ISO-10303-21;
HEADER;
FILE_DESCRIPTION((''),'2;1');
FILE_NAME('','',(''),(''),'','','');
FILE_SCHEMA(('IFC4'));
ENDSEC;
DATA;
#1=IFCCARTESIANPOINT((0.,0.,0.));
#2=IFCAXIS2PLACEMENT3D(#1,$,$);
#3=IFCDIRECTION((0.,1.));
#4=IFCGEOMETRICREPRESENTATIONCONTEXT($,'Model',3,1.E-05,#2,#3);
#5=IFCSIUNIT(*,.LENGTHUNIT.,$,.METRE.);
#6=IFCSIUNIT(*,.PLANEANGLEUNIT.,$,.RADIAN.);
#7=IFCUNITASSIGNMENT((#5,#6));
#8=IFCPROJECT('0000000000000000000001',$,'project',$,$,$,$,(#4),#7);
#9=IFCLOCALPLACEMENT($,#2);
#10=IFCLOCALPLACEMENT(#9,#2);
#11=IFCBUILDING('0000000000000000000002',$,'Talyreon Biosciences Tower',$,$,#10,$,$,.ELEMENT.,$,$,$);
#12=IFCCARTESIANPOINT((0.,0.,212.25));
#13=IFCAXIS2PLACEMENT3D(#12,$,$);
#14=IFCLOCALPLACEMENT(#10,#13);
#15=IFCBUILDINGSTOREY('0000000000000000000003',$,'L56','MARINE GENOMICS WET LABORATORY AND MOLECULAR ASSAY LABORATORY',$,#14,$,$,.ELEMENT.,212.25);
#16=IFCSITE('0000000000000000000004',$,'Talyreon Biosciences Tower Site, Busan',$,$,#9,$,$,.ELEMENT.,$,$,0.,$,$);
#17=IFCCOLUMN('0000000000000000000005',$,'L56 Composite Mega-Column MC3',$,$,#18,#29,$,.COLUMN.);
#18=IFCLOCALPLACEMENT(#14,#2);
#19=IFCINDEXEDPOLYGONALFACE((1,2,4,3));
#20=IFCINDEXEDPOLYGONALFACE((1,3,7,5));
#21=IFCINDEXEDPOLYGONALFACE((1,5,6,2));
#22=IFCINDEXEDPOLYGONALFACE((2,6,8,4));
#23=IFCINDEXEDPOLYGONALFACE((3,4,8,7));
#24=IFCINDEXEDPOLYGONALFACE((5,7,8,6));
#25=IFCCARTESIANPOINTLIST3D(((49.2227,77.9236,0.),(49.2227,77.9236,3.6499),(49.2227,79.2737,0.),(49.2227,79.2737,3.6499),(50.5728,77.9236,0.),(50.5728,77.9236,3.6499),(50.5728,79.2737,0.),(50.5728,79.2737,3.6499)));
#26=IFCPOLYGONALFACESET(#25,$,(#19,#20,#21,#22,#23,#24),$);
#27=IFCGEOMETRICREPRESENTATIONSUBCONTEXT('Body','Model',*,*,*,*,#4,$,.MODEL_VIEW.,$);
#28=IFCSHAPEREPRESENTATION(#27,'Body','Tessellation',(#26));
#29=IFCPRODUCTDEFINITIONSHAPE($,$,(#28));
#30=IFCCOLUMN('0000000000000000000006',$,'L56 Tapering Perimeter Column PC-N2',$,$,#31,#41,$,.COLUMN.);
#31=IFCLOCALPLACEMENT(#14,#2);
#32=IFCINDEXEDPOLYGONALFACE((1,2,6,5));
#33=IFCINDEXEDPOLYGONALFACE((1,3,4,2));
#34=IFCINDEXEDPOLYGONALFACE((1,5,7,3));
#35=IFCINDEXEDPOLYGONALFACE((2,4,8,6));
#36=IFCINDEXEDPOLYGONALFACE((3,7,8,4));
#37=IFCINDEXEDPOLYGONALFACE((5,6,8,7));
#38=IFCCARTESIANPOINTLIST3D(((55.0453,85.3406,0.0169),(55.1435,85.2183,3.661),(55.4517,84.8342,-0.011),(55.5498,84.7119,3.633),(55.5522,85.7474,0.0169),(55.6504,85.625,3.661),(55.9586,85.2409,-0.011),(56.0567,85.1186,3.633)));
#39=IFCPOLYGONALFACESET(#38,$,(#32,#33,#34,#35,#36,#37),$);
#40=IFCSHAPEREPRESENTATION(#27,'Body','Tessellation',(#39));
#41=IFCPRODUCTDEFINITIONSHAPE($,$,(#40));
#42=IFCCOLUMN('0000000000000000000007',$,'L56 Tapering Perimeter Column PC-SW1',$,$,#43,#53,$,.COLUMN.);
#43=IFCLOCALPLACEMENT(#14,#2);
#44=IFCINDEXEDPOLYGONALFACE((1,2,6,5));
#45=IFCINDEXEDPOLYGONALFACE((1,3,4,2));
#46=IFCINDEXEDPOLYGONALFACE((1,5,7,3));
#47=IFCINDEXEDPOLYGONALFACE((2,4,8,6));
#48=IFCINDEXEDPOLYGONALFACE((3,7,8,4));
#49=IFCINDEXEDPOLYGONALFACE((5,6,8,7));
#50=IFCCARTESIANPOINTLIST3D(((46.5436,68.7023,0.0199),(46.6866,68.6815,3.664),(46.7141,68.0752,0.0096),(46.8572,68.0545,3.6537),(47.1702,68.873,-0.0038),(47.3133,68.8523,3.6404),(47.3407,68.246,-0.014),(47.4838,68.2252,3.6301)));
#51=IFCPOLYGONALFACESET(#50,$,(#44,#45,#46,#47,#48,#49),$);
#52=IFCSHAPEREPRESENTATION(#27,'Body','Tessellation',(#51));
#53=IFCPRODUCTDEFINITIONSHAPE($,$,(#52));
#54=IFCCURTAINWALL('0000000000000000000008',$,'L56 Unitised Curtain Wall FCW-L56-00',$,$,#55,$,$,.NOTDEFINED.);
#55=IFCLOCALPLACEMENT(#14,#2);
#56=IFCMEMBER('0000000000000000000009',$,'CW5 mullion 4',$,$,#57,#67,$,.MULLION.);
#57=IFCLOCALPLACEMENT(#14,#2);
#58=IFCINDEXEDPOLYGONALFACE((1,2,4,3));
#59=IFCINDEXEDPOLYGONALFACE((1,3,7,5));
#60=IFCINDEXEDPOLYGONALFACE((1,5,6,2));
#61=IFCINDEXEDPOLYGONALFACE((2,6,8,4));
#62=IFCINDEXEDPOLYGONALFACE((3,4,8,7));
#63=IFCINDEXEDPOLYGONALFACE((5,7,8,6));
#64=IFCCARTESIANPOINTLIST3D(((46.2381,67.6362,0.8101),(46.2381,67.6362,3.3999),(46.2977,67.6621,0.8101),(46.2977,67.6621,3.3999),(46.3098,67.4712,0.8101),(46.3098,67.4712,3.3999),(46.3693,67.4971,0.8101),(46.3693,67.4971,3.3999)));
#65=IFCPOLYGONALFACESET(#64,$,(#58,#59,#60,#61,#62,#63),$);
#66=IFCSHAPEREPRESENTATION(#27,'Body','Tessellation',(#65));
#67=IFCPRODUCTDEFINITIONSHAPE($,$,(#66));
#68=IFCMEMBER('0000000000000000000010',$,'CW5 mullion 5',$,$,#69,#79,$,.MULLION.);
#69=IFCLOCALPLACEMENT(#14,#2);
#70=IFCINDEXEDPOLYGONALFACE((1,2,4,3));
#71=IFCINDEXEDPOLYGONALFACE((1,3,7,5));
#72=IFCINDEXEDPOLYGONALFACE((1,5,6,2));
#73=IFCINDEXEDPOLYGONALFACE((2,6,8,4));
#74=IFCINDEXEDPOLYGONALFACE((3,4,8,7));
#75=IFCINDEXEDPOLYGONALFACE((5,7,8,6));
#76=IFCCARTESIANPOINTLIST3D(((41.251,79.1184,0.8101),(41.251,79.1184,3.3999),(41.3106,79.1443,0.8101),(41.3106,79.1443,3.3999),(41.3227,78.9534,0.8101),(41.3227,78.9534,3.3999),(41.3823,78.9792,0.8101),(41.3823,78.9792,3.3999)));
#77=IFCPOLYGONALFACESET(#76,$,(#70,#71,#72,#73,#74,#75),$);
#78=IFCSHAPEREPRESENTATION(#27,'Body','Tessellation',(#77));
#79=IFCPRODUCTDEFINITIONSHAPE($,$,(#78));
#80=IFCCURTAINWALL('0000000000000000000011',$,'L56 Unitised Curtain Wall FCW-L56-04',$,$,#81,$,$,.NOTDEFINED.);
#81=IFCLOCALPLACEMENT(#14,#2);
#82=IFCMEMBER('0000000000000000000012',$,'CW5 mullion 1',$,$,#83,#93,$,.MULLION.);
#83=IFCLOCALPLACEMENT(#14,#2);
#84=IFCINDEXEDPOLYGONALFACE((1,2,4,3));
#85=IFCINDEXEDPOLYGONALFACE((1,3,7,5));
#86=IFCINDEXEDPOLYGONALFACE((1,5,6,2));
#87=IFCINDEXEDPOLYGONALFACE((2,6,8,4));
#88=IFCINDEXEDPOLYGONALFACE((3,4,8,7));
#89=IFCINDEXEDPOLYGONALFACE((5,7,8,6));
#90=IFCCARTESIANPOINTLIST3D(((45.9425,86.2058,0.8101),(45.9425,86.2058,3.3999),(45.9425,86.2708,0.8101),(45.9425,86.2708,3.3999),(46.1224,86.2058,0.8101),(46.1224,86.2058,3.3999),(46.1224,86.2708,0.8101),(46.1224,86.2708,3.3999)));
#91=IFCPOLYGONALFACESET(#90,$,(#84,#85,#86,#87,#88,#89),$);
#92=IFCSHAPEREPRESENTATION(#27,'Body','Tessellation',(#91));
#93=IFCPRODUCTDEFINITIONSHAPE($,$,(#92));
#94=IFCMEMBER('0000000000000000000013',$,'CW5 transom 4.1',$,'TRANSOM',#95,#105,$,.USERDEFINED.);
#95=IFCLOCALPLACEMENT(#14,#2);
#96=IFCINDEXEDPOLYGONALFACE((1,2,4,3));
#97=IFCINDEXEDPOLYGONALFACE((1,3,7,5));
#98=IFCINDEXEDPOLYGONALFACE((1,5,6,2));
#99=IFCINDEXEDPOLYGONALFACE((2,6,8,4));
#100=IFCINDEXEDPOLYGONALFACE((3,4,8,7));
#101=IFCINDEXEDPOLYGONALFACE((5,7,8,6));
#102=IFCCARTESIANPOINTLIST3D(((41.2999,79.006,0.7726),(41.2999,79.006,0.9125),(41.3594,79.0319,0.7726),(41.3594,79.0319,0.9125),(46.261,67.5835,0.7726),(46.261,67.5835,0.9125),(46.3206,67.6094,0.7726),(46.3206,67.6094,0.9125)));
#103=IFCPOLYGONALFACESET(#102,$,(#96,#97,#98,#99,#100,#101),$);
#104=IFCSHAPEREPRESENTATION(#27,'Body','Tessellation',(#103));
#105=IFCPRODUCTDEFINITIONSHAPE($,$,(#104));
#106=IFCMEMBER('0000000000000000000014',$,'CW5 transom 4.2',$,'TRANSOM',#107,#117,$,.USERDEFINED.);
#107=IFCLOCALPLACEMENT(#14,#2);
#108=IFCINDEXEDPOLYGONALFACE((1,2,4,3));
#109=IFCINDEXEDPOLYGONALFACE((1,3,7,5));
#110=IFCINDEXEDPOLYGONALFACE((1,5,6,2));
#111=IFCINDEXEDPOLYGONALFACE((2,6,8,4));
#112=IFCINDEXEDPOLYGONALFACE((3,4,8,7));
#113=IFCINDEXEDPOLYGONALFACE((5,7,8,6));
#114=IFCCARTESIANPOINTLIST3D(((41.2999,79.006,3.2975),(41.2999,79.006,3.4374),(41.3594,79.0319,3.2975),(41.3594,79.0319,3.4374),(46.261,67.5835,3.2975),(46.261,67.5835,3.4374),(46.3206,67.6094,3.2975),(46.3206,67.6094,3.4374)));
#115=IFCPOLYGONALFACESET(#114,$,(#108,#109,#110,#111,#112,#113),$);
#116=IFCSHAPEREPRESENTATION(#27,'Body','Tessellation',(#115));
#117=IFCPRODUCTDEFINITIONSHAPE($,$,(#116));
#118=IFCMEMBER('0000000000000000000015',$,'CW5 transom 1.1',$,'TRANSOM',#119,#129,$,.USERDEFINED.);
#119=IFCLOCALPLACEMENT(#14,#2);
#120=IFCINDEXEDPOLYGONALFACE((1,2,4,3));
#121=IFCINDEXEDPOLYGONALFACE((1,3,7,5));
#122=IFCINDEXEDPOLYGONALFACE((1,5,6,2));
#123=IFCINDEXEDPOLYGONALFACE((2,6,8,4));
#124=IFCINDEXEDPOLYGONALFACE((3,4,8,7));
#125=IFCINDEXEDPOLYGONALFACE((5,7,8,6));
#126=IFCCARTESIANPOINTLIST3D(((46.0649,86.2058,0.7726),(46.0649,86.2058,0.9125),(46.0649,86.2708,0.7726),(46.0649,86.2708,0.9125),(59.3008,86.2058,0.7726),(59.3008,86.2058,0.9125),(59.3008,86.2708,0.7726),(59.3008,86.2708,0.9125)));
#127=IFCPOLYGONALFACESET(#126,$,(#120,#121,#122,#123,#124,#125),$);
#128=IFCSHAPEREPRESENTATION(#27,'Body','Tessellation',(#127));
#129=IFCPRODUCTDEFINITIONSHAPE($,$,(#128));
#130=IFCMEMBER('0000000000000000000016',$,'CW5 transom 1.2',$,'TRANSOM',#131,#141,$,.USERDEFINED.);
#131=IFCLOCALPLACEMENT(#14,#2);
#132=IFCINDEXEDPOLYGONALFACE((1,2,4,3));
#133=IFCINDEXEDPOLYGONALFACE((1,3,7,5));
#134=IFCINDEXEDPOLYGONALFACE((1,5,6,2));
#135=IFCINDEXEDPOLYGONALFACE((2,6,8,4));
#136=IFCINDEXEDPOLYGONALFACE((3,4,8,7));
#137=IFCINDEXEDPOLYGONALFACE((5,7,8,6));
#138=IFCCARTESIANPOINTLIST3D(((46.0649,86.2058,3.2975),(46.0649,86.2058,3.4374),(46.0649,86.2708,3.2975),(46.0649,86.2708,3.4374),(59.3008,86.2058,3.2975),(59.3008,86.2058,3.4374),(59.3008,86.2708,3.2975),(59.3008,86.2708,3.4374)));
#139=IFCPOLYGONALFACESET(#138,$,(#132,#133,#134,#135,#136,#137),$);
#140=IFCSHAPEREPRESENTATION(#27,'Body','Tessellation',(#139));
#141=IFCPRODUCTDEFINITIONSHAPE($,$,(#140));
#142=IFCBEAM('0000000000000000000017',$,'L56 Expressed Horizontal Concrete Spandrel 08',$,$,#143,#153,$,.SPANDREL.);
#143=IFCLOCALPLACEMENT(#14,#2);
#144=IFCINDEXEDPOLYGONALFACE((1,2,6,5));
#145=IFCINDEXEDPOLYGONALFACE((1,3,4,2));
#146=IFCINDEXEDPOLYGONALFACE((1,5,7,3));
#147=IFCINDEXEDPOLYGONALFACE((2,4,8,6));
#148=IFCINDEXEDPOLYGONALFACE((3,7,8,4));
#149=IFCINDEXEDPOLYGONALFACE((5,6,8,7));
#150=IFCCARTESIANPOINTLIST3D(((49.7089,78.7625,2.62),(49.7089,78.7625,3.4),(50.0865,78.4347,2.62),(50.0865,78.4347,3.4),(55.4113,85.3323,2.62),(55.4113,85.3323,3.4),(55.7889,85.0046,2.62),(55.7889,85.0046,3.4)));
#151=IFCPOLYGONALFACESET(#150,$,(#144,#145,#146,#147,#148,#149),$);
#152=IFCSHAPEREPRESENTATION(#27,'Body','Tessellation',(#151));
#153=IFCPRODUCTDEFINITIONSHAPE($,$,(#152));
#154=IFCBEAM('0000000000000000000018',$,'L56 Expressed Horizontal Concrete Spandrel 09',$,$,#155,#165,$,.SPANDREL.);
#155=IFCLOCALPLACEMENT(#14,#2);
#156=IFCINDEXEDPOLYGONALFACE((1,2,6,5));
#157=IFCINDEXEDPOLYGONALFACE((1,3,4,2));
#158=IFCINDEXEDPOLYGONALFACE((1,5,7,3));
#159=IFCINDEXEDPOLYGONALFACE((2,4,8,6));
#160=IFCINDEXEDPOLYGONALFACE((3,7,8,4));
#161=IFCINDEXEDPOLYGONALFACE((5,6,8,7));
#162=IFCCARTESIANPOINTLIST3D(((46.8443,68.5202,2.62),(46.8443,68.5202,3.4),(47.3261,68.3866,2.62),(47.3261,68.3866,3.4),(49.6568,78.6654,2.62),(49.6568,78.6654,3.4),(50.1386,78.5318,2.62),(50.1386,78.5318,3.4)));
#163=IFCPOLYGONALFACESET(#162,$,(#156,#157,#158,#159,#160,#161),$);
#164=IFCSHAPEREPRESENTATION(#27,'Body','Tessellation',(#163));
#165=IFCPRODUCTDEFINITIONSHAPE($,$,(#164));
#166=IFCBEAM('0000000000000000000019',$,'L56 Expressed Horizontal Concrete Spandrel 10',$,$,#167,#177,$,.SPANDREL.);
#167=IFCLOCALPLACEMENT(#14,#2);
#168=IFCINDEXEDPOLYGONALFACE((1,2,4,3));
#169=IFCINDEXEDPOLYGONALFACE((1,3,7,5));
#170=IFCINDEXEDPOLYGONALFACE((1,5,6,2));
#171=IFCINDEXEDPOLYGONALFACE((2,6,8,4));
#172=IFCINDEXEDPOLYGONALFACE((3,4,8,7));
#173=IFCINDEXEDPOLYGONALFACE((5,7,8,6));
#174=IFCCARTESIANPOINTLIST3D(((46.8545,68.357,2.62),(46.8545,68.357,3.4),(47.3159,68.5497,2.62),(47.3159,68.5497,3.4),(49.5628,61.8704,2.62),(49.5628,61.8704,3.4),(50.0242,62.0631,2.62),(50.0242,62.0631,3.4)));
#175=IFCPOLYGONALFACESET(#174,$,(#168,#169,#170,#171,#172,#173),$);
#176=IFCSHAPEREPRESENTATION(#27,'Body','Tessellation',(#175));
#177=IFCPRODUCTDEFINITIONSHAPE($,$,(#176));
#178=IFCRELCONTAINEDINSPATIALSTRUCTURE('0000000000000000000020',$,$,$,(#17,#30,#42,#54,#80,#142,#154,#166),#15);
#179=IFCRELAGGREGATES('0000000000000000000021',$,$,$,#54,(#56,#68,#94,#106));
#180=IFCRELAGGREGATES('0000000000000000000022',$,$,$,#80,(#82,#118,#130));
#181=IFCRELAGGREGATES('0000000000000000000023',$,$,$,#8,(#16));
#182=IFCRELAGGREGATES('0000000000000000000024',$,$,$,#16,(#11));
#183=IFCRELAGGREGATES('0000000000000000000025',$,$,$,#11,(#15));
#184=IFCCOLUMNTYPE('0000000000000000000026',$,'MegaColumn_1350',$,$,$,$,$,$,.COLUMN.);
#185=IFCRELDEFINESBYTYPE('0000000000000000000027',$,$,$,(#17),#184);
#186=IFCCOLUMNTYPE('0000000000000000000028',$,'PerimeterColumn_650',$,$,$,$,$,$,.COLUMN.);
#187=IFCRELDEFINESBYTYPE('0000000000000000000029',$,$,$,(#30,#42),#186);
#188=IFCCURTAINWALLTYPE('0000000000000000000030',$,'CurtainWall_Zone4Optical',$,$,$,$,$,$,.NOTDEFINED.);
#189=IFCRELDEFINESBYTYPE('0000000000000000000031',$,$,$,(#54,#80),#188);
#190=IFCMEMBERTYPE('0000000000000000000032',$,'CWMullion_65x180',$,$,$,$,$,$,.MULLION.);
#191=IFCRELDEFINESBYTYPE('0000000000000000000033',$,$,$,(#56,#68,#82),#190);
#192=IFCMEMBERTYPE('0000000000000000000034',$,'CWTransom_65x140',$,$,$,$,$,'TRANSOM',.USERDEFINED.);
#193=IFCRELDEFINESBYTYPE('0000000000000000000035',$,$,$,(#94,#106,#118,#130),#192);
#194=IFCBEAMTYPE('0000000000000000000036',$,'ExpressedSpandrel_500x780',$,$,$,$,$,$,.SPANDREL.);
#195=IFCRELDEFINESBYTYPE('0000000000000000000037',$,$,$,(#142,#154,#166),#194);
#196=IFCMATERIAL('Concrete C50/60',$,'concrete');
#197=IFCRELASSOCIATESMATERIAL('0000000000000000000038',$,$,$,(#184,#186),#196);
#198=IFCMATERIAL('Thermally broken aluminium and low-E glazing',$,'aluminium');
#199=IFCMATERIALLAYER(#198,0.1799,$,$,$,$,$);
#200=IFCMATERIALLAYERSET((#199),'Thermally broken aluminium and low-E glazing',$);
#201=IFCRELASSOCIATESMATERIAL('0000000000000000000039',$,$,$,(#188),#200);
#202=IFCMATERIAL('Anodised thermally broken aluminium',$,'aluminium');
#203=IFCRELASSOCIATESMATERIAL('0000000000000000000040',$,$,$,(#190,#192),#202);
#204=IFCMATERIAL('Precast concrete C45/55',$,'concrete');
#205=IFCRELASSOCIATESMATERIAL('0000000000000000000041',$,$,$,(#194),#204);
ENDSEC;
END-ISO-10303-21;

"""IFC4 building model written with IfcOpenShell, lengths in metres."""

from ifc_helpers import new_model, si_unit, direction, frame, origin, origin_2d, place, context, subcontext, project, spatial, rectangle, extrude, material, layer, layer_set, material_profile, profile_set, type_object, element, aggregate, save


model = new_model("IFC4")

# Units and contexts
model_context = context("Model", 3, precision=1e-05, world=origin(), true_north=direction((0.0, 1.0)))
body_context = subcontext(model_context, "Body", "Model", "MODEL_VIEW")
ifc_project = project(units=[si_unit("LENGTHUNIT", "METRE"), si_unit("PLANEANGLEUNIT", "RADIAN")], contexts=[model_context])

# Site, building, storey
site_placement = place(None, origin())
site = spatial("IfcSite", under=ifc_project, at=site_placement, Name="Talyreon Biosciences Tower Site, Busan", CompositionType="ELEMENT", RefElevation=0.0)
building_placement = place(site_placement, origin())
building = spatial("IfcBuilding", under=site, at=building_placement, Name="Talyreon Biosciences Tower", CompositionType="ELEMENT")
storey_placement = place(building_placement, frame((0.0, 0.0, 212.25)))
storey = spatial("IfcBuildingStorey", under=building, at=storey_placement, Name="L56", Description="MARINE GENOMICS WET LABORATORY AND MOLECULAR ASSAY LABORATORY", CompositionType="ELEMENT", Elevation=212.25)

# Columns
ifc_material_1 = material(Name="Concrete C50/60", Category="concrete")
ifc_material_profile_1 = material_profile(ifc_material_1, rectangle(XDim=1.3501, YDim=1.3501, at=origin_2d()), Name="RC 1350x1350")
ifc_profile_set_1 = profile_set([ifc_material_profile_1], Name="Concrete C50/60")
column_type_1 = type_object("IfcColumnType", Name="MegaColumn_1350", PredefinedType="COLUMN", material=ifc_profile_set_1)
column_1_placement = place(storey_placement, frame((49.8977, 78.5986, 0.0), z_axis=(0.0, 0.0, 1.0), x_axis=(1.0, 0.0, 0.0)))
element("IfcColumn", 1, at=column_1_placement, inside=storey, type_object=column_type_1, Name="L56 Composite Mega-Column MC3", PredefinedType="COLUMN", context=body_context, shape_type="SweptSolid", body=[
    extrude(rectangle(XDim=1.3501, YDim=1.3501, at=origin_2d()), origin(), (0.0, 0.0, 1.0), 3.6499),
])
ifc_material_profile_2 = material_profile(ifc_material_1, rectangle(XDim=0.6499, YDim=0.6499, at=origin_2d()), Name="RC 650x650")
ifc_profile_set_2 = profile_set([ifc_material_profile_2], Name="Concrete C50/60")
column_type_2 = type_object("IfcColumnType", Name="PerimeterColumn_650", PredefinedType="COLUMN", material=ifc_profile_set_2)
column_2_placement = place(storey_placement, frame((55.502, 85.2908, 0.0029), z_axis=(0.026908, -0.033535, 0.999075), x_axis=(-0.779957, -0.625834, 0.0)))
element("IfcColumn", 2, at=column_2_placement, inside=storey, type_object=column_type_2, Name="L56 Tapering Perimeter Column PC-N2", PredefinedType="COLUMN", context=body_context, shape_type="SweptSolid", body=[
    extrude(rectangle(XDim=0.6499, YDim=0.6499, at=origin_2d()), origin(), (0.0, 0.0, 1.0), 3.6475),
])
column_3_placement = place(storey_placement, frame((46.9421, 68.4741, 0.0029), z_axis=(0.039229, -0.00569, 0.999214), x_axis=(0.964171, 0.262777, -0.036357)))
element("IfcColumn", 3, at=column_3_placement, inside=storey, type_object=column_type_2, Name="L56 Tapering Perimeter Column PC-SW1", PredefinedType="COLUMN", context=body_context, shape_type="SweptSolid", body=[
    extrude(rectangle(XDim=0.6499, YDim=0.6499, at=origin_2d()), origin(), (0.0, 0.0, 1.0), 3.647),
])

# Curtain wall, members
ifc_material_2 = material(Name="Thermally broken aluminium and low-E glazing", Category="aluminium")
ifc_layer_1 = layer(ifc_material_2, 0.1799)
ifc_layer_set_1 = layer_set([ifc_layer_1], Name="Thermally broken aluminium and low-E glazing")
curtain_wall_type = type_object("IfcCurtainWallType", Name="CurtainWall_Zone4Optical", PredefinedType="NOTDEFINED", material=ifc_layer_set_1)
curtain_wall_1_placement = place(storey_placement, origin())
curtain_wall_1 = element("IfcCurtainWall", 4, at=curtain_wall_1_placement, inside=storey, type_object=curtain_wall_type, Name="L56 Unitised Curtain Wall FCW-L56-00", PredefinedType="NOTDEFINED")
ifc_material_3 = material(Name="Anodised thermally broken aluminium", Category="aluminium")
ifc_material_profile_3 = material_profile(ifc_material_3, rectangle(XDim=0.0649, YDim=0.1799, at=origin_2d()), Name="ALUM MULLION 65x180")
ifc_profile_set_3 = profile_set([ifc_material_profile_3], Name="Anodised thermally broken aluminium")
member_type_1 = type_object("IfcMemberType", Name="CWMullion_65x180", PredefinedType="MULLION", material=ifc_profile_set_3)
member_1_placement = place(storey_placement, frame((46.3037, 67.5667, 0.8101), z_axis=(0.0, 0.0, 1.0), x_axis=(-0.917222, -0.398376, 0.0)))
member_1 = element("IfcMember", 5, at=member_1_placement, type_object=member_type_1, Name="CW5 mullion 4", PredefinedType="MULLION", context=body_context, shape_type="SweptSolid", body=[
    extrude(rectangle(XDim=0.0649, YDim=0.1799, at=origin_2d()), origin(), (0.0, 0.0, 1.0), 2.5898),
])
member_2_placement = place(storey_placement, frame((41.3167, 79.0488, 0.8101), z_axis=(0.0, 0.0, 1.0), x_axis=(-0.917222, -0.398376, 0.0)))
member_2 = element("IfcMember", 6, at=member_2_placement, type_object=member_type_1, Name="CW5 mullion 5", PredefinedType="MULLION", context=body_context, shape_type="SweptSolid", body=[
    extrude(rectangle(XDim=0.0649, YDim=0.1799, at=origin_2d()), origin(), (0.0, 0.0, 1.0), 2.5898),
])

# Curtain wall, member
curtain_wall_2_placement = place(storey_placement, origin())
curtain_wall_2 = element("IfcCurtainWall", 7, at=curtain_wall_2_placement, inside=storey, type_object=curtain_wall_type, Name="L56 Unitised Curtain Wall FCW-L56-04", PredefinedType="NOTDEFINED")
member_3_placement = place(storey_placement, frame((46.0325, 86.2383, 0.8101), z_axis=(0.0, 0.0, 1.0), x_axis=(0.0, 1.0, 0.0)))
member_3 = element("IfcMember", 8, at=member_3_placement, type_object=member_type_1, Name="CW5 mullion 1", PredefinedType="MULLION", context=body_context, shape_type="SweptSolid", body=[
    extrude(rectangle(XDim=0.0649, YDim=0.1799, at=origin_2d()), origin(), (0.0, 0.0, 1.0), 2.5898),
])

# Members
ifc_material_profile_4 = material_profile(ifc_material_3, rectangle(XDim=0.0649, YDim=0.1399, at=origin_2d()), Name="ALUM TRANSOM 65x140")
ifc_profile_set_4 = profile_set([ifc_material_profile_4], Name="Anodised thermally broken aluminium")
member_type_2 = type_object("IfcMemberType", Name="CWTransom_65x140", ElementType="TRANSOM", PredefinedType="USERDEFINED", material=ifc_profile_set_4)
member_4_placement = place(storey_placement, frame((46.2908, 67.5964, 0.8425), z_axis=(-0.398377, 0.917222, 0.0), x_axis=(-0.917222, -0.398377, 0.0)))
member_4 = element("IfcMember", 9, at=member_4_placement, type_object=member_type_2, Name="CW5 transom 4.1", ObjectType="TRANSOM", PredefinedType="USERDEFINED", context=body_context, shape_type="SweptSolid", body=[
    extrude(rectangle(XDim=0.0649, YDim=0.1399, at=origin_2d()), origin(), (0.0, 0.0, 1.0), 12.4534),
])
member_5_placement = place(storey_placement, frame((46.2908, 67.5964, 3.3674), z_axis=(-0.398377, 0.917222, 0.0), x_axis=(-0.917222, -0.398377, 0.0)))
member_5 = element("IfcMember", 10, at=member_5_placement, type_object=member_type_2, Name="CW5 transom 4.2", ObjectType="TRANSOM", PredefinedType="USERDEFINED", context=body_context, shape_type="SweptSolid", body=[
    extrude(rectangle(XDim=0.0649, YDim=0.1399, at=origin_2d()), origin(), (0.0, 0.0, 1.0), 12.4534),
])
member_6_placement = place(storey_placement, frame((46.0649, 86.2383, 0.8425), z_axis=(1.0, 0.0, 0.0), x_axis=(0.0, 1.0, 0.0)))
member_6 = element("IfcMember", 11, at=member_6_placement, type_object=member_type_2, Name="CW5 transom 1.1", ObjectType="TRANSOM", PredefinedType="USERDEFINED", context=body_context, shape_type="SweptSolid", body=[
    extrude(rectangle(XDim=0.0649, YDim=0.1399, at=origin_2d()), origin(), (0.0, 0.0, 1.0), 13.2358),
])
member_7_placement = place(storey_placement, frame((46.0649, 86.2383, 3.3674), z_axis=(1.0, 0.0, 0.0), x_axis=(0.0, 1.0, 0.0)))
member_7 = element("IfcMember", 12, at=member_7_placement, type_object=member_type_2, Name="CW5 transom 1.2", ObjectType="TRANSOM", PredefinedType="USERDEFINED", context=body_context, shape_type="SweptSolid", body=[
    extrude(rectangle(XDim=0.0649, YDim=0.1399, at=origin_2d()), origin(), (0.0, 0.0, 1.0), 13.2358),
])

# Beams
ifc_material_4 = material(Name="Precast concrete C45/55", Category="concrete")
ifc_material_profile_5 = material_profile(ifc_material_4, rectangle(XDim=0.5, YDim=0.78, at=origin_2d()), Name="RCB 500x780")
ifc_profile_set_5 = profile_set([ifc_material_profile_5], Name="Precast concrete C45/55")
beam_type_1 = type_object("IfcBeamType", Name="ExpressedSpandrel_500x780", PredefinedType="SPANDREL", material=ifc_profile_set_5)
beam_1_placement = place(storey_placement, frame((55.6001, 85.1685, 3.01), z_axis=(-0.655491, -0.755203, 0.0), x_axis=(0.755203, -0.655491, 0.0)))
element("IfcBeam", 13, at=beam_1_placement, inside=storey, type_object=beam_type_1, Name="L56 Expressed Horizontal Concrete Spandrel 08", PredefinedType="SPANDREL", context=body_context, shape_type="SweptSolid", body=[
    extrude(rectangle(XDim=0.5, YDim=0.78, at=origin_2d()), origin(), (0.0, 0.0, 1.0), 8.6995),
])
beam_2_placement = place(storey_placement, frame((49.8977, 78.5986, 3.01), z_axis=(-0.267147, -0.963656, 0.0), x_axis=(0.963656, -0.267147, 0.0)))
element("IfcBeam", 14, at=beam_2_placement, inside=storey, type_object=beam_type_1, Name="L56 Expressed Horizontal Concrete Spandrel 09", PredefinedType="SPANDREL", context=body_context, shape_type="SweptSolid", body=[
    extrude(rectangle(XDim=0.5, YDim=0.78, at=origin_2d()), origin(), (0.0, 0.0, 1.0), 10.5278),
])
beam_3_placement = place(storey_placement, frame((47.0852, 68.4534, 3.01), z_axis=(0.385284, -0.922798, 0.0), x_axis=(0.922798, 0.385284, 0.0)))
element("IfcBeam", 15, at=beam_3_placement, inside=storey, type_object=beam_type_1, Name="L56 Expressed Horizontal Concrete Spandrel 10", PredefinedType="SPANDREL", context=body_context, shape_type="SweptSolid", body=[
    extrude(rectangle(XDim=0.5, YDim=0.78, at=origin_2d()), origin(), (0.0, 0.0, 1.0), 7.0293),
])

aggregate(curtain_wall_1, [member_1, member_2, member_4, member_5])
aggregate(curtain_wall_2, [member_3, member_6, member_7])

save(model, "model.ifc")
